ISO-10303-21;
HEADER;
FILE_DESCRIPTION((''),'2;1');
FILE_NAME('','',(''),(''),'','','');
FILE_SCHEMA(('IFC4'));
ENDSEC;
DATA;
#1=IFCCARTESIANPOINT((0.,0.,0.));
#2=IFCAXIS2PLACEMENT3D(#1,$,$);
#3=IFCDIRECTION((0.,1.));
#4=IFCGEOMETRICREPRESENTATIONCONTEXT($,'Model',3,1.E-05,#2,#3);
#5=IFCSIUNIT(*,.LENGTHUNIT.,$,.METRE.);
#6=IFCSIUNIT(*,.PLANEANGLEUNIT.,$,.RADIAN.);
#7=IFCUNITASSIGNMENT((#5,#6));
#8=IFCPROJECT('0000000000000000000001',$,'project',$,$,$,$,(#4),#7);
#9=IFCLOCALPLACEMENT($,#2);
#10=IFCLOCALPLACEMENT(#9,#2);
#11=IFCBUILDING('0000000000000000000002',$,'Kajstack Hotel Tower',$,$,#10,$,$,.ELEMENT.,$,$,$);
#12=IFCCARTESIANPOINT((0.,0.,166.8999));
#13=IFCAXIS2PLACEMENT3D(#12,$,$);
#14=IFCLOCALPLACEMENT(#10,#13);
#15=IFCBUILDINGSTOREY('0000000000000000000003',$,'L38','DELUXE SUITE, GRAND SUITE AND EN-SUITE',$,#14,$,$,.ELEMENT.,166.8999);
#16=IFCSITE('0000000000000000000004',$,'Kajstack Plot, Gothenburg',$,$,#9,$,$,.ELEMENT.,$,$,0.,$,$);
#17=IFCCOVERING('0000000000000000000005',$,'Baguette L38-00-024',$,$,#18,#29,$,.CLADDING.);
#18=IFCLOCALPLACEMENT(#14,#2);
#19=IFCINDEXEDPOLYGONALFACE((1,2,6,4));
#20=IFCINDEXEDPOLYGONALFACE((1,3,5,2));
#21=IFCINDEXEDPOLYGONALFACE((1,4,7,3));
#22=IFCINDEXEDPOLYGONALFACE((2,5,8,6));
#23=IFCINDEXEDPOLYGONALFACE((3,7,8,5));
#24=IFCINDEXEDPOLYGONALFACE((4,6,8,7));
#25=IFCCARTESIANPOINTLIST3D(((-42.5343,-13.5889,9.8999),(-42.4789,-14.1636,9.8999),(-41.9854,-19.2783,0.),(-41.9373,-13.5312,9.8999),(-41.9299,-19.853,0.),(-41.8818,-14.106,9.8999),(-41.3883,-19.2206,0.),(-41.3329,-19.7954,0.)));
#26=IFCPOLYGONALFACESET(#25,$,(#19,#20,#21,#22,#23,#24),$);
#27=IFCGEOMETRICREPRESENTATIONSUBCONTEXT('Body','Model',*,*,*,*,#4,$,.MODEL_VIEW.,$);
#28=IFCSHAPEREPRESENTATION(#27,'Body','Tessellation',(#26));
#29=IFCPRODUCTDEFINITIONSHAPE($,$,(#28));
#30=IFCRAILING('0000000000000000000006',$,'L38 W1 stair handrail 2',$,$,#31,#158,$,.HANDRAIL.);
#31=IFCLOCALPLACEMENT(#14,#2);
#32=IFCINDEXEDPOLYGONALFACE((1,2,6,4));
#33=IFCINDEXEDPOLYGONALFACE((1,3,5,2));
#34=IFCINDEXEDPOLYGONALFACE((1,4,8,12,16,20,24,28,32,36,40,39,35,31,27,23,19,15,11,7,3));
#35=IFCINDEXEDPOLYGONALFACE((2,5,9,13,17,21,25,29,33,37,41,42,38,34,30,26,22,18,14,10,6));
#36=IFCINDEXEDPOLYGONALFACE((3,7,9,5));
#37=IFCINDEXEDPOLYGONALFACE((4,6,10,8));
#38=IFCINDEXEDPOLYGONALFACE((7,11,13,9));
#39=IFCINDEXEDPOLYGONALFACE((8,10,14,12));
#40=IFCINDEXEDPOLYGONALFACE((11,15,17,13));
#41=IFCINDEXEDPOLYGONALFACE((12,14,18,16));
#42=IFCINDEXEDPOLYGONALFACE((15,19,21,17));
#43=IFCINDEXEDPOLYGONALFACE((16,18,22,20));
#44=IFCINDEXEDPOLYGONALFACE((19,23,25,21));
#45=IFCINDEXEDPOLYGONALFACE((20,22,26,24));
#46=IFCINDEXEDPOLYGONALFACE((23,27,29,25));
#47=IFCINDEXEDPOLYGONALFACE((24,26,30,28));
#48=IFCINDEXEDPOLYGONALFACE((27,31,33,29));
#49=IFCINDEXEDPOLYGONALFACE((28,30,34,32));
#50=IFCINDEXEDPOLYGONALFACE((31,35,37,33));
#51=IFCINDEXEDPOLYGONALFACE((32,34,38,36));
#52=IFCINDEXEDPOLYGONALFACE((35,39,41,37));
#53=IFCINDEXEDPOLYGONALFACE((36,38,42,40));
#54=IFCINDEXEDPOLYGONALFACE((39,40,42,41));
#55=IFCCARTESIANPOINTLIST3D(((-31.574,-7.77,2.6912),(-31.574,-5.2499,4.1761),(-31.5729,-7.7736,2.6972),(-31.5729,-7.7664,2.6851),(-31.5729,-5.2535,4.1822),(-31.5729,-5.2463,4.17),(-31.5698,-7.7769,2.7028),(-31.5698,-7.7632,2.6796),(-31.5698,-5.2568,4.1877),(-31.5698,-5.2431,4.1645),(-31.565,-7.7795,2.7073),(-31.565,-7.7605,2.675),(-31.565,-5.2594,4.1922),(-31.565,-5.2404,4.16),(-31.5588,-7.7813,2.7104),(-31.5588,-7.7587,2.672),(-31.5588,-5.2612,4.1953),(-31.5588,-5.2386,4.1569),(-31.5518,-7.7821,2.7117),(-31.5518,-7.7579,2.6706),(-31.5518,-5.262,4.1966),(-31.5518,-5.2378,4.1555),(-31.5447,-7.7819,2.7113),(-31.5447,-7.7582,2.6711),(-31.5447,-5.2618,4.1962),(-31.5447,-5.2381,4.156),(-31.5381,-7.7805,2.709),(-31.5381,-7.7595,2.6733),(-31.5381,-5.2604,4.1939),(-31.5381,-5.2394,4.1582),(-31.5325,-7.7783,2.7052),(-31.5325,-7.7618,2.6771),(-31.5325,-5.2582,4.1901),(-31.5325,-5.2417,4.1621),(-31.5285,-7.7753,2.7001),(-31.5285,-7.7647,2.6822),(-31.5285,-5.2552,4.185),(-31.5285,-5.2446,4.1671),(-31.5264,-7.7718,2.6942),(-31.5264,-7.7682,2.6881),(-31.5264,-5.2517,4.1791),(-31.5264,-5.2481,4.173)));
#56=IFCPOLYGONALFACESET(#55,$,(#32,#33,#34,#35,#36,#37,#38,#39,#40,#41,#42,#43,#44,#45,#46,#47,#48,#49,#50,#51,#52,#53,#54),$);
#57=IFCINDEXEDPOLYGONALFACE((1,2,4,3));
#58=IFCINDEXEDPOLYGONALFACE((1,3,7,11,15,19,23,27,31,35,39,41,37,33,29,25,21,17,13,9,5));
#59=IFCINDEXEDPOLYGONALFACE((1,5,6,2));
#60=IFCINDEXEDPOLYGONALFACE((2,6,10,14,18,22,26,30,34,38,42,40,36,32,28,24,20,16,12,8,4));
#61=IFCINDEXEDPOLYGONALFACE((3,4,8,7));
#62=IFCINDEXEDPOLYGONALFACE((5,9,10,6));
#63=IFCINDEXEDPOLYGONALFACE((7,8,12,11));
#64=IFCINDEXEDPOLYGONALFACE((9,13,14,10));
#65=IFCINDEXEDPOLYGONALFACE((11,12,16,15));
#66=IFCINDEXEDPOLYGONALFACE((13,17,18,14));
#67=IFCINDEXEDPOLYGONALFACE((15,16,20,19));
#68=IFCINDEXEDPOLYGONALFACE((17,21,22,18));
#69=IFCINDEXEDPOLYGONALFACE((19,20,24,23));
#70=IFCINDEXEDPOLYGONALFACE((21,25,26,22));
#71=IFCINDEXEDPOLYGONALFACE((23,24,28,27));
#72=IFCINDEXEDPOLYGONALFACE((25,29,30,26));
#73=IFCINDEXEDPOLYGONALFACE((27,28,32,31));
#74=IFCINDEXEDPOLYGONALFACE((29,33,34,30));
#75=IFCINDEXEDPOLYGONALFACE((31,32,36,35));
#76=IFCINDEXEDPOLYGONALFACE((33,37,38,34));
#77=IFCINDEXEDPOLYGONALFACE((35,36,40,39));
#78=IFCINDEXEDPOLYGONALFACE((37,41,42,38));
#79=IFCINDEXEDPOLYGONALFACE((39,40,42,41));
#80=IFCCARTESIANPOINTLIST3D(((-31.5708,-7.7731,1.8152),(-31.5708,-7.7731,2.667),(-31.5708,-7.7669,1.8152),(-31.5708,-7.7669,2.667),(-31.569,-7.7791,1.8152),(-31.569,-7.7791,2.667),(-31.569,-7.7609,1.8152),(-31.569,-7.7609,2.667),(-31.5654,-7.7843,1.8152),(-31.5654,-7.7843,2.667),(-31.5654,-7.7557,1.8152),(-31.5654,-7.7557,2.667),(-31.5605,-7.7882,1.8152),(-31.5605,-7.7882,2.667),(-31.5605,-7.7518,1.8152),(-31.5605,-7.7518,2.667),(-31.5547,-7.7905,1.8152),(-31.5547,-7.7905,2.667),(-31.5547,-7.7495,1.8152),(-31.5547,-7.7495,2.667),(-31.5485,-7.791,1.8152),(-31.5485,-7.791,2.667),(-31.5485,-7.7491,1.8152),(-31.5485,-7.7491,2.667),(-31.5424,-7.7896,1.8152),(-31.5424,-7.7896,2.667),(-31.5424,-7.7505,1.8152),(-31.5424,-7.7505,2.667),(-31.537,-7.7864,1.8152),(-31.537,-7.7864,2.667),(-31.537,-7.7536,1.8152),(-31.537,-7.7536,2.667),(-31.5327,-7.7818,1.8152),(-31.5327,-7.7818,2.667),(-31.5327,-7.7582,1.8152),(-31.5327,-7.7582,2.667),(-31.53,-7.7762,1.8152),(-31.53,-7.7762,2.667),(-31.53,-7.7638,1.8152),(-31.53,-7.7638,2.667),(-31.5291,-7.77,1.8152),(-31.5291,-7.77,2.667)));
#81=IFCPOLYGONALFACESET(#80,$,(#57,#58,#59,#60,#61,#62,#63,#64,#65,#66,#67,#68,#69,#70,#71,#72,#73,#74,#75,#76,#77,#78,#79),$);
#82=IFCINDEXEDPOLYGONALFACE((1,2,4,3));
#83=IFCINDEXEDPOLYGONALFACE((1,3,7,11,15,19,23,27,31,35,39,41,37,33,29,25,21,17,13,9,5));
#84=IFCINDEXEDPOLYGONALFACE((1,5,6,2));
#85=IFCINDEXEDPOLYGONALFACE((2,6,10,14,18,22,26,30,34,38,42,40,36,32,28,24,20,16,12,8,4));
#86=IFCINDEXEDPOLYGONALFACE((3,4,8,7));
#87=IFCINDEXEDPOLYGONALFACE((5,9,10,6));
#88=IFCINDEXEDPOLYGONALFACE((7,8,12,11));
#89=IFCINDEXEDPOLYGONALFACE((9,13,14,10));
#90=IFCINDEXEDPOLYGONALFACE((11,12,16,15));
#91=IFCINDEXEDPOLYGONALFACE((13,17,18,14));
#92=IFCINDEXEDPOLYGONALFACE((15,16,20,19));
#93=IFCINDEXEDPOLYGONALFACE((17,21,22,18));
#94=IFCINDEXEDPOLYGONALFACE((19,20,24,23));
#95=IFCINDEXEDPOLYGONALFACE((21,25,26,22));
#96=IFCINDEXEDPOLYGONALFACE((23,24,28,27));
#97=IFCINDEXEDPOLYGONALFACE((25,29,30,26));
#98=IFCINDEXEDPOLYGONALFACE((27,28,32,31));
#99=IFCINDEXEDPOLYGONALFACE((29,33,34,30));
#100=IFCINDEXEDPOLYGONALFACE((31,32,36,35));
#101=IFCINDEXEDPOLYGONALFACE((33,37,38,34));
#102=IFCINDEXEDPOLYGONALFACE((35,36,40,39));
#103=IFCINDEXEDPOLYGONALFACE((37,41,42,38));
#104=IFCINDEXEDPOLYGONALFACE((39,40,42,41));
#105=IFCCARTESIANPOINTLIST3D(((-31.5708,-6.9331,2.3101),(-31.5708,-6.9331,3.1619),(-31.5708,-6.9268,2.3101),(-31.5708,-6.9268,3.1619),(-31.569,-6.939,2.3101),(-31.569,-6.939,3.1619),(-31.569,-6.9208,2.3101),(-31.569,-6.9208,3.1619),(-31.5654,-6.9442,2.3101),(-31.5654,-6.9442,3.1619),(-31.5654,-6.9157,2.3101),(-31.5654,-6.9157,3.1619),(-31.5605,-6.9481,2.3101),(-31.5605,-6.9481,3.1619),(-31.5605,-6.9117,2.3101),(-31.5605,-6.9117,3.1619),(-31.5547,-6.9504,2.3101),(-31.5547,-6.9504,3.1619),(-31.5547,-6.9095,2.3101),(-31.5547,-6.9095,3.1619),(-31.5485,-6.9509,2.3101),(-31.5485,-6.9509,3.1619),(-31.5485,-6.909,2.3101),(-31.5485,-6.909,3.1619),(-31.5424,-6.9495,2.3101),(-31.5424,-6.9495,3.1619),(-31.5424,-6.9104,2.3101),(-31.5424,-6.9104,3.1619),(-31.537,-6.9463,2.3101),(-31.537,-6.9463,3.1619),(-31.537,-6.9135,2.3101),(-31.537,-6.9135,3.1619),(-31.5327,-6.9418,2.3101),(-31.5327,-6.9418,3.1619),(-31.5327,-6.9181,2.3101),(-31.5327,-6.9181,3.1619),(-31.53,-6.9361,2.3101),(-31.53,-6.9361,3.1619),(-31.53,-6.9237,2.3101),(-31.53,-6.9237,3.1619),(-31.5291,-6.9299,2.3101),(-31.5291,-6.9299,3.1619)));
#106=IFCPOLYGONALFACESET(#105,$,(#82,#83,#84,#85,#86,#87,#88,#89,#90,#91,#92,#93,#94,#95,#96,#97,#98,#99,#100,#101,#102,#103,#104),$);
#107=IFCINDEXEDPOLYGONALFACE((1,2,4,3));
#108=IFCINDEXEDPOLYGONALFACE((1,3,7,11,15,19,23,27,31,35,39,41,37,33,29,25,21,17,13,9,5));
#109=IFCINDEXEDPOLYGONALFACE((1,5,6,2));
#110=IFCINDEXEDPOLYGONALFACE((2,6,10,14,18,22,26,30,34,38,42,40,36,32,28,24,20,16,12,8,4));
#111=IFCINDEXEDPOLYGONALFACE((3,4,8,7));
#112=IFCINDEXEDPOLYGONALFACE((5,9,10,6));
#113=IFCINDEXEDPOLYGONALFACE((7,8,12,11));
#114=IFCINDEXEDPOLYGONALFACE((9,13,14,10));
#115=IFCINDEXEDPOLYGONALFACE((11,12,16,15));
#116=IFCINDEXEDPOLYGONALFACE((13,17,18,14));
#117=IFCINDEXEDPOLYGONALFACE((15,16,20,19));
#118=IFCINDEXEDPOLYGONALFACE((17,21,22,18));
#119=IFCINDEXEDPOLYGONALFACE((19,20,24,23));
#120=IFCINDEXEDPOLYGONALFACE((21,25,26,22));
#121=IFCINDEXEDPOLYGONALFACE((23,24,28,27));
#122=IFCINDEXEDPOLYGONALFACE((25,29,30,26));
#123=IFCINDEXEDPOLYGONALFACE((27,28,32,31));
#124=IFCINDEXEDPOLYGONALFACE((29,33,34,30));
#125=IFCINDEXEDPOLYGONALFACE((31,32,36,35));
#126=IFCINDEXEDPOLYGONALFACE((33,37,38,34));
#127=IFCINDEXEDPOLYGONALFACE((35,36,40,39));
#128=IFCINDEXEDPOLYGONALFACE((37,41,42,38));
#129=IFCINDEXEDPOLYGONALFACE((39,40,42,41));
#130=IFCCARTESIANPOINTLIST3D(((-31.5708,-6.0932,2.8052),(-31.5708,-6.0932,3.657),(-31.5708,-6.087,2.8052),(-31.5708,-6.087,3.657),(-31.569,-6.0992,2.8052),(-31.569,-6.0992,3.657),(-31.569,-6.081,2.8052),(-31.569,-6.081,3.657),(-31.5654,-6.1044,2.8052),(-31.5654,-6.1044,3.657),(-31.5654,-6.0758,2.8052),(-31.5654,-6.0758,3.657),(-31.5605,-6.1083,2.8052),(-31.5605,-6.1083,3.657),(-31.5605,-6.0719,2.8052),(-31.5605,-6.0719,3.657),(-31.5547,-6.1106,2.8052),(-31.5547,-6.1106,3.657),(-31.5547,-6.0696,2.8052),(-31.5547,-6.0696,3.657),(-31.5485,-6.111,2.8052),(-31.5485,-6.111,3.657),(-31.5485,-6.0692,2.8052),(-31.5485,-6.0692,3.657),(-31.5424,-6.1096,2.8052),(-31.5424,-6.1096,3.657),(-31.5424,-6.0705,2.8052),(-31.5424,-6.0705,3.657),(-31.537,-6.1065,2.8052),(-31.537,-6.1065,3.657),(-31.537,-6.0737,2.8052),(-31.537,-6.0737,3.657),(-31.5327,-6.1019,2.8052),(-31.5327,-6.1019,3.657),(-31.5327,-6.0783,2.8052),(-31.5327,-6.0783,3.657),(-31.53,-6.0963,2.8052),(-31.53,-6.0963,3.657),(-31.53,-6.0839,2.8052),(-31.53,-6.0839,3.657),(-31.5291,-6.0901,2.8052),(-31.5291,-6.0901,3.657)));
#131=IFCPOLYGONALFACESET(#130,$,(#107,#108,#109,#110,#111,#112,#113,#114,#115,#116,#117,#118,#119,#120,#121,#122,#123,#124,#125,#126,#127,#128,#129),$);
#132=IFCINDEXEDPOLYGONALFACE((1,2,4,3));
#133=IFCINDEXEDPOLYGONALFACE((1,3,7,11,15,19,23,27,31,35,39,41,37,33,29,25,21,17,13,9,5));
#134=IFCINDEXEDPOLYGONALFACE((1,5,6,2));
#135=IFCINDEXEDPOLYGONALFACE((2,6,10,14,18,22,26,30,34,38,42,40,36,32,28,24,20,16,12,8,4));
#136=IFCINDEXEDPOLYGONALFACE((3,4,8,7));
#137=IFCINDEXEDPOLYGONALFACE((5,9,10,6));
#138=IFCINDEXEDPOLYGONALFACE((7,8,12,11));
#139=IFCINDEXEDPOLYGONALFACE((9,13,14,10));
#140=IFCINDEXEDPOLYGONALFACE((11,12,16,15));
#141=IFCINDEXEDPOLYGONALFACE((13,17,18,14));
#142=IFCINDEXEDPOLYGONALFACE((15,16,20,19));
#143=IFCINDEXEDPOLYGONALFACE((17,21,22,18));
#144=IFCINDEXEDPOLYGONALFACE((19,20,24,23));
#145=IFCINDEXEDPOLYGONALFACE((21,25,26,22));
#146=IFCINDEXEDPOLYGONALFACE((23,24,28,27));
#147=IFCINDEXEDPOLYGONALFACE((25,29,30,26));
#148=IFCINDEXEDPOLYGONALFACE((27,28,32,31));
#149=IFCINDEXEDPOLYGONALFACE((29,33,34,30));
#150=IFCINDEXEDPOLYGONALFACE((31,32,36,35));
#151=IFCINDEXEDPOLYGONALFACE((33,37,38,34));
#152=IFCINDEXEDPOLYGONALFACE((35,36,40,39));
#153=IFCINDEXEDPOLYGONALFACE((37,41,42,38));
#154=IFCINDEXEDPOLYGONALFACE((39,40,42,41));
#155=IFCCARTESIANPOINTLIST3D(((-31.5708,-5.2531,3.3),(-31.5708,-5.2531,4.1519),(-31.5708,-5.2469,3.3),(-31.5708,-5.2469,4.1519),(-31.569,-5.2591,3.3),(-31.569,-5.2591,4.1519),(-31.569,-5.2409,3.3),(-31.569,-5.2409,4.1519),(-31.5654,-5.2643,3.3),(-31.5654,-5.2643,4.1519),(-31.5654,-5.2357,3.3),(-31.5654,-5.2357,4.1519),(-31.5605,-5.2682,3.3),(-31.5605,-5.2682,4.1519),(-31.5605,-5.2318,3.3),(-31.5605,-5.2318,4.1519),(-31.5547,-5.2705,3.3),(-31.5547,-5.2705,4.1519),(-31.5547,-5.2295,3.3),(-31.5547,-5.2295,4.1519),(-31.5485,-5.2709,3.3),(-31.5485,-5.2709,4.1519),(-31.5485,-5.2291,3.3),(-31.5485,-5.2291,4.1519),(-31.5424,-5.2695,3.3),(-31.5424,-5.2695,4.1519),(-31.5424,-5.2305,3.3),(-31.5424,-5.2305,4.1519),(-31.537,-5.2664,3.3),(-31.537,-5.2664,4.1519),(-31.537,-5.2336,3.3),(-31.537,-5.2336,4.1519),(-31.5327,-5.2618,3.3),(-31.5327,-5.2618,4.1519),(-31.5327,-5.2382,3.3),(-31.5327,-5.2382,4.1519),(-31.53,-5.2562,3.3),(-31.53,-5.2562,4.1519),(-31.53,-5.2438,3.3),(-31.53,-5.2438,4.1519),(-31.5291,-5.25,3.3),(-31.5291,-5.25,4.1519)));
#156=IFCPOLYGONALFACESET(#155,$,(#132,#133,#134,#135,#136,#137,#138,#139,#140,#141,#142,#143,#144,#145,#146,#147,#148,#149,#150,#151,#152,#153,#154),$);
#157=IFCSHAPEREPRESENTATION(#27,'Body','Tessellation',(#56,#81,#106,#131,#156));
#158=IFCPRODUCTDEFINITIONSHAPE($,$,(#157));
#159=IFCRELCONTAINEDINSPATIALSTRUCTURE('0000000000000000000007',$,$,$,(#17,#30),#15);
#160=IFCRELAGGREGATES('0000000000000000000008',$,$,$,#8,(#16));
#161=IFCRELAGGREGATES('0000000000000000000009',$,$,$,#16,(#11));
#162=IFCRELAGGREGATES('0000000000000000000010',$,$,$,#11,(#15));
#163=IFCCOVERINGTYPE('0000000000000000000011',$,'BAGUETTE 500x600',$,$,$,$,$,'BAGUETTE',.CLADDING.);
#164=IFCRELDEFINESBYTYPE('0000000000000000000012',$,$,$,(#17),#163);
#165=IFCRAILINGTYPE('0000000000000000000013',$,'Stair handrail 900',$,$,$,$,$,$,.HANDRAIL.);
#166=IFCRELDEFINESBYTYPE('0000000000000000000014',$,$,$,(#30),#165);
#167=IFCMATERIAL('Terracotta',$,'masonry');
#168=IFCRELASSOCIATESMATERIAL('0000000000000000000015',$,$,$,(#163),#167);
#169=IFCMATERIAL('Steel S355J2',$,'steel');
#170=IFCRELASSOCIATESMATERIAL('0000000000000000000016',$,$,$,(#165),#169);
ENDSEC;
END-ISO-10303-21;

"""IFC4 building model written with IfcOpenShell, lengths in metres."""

from ifc_helpers import new_model, si_unit, direction, frame, origin, origin_2d, place, context, subcontext, project, spatial, polyline, rectangle, circle, outline, extrude, material, material_profile, profile_set, type_object, element, save


model = new_model("IFC4")

# Units and contexts
model_context = context("Model", 3, precision=1e-05, world=origin(), true_north=direction((0.0, 1.0)))
body_context = subcontext(model_context, "Body", "Model", "MODEL_VIEW")
ifc_project = project(units=[si_unit("LENGTHUNIT", "METRE"), si_unit("PLANEANGLEUNIT", "RADIAN")], contexts=[model_context])

# Site, building, storey
site_placement = place(None, origin())
site = spatial("IfcSite", under=ifc_project, at=site_placement, Name="Kajstack Plot, Gothenburg", CompositionType="ELEMENT", RefElevation=0.0)
building_placement = place(site_placement, origin())
building = spatial("IfcBuilding", under=site, at=building_placement, Name="Kajstack Hotel Tower", CompositionType="ELEMENT")
storey_placement = place(building_placement, frame((0.0, 0.0, 166.8999)))
storey = spatial("IfcBuildingStorey", under=building, at=storey_placement, Name="L38", Description="DELUXE SUITE, GRAND SUITE AND EN-SUITE", CompositionType="ELEMENT", Elevation=166.8999)

# Covering
ifc_material_1 = material(Name="Terracotta", Category="masonry")
ifc_material_profile = material_profile(ifc_material_1, rectangle(XDim=0.6001, YDim=0.5, at=origin_2d()), Name="Terracotta-clad concrete baguette 500 x 600")
ifc_profile_set = profile_set([ifc_material_profile], Name="Terracotta")
covering_type = type_object("IfcCoveringType", Name="BAGUETTE 500x600", ElementType="BAGUETTE", PredefinedType="CLADDING", material=ifc_profile_set)
covering_1_placement = place(storey_placement, frame((-41.9373, -13.5312, 0.0), z_axis=(-0.995378, -0.096038, 0.0), x_axis=(0.096038, -0.995378, 0.0)))
element("IfcCovering", 1, at=covering_1_placement, inside=storey, type_object=covering_type, Name="Baguette L38-00-024", PredefinedType="CLADDING", context=body_context, shape_type="SweptSolid", body=[
    extrude(outline(polyline([(0.0, 9.8999), (5.7158, 0.0), (6.2932, 0.0), (0.5774, 9.8999), (0.0, 9.8999)])), origin(), (0.0, 0.0, 1.0), 0.5999),
])

# Railing
ifc_material_2 = material(Name="Steel S355J2", Category="steel")
railing_type_1 = type_object("IfcRailingType", Name="Stair handrail 900", PredefinedType="HANDRAIL", material=ifc_material_2)
railing_1_placement = place(storey_placement, frame((-31.55, -7.77, 1.8152)))
element("IfcRailing", 2, at=railing_1_placement, inside=storey, type_object=railing_type_1, Name="L38 W1 stair handrail 2", PredefinedType="HANDRAIL", context=body_context, shape_type="SweptSolid", body=[
    extrude(circle(Radius=0.0239, at=origin_2d()), frame((0.0, 0.0, 0.876), z_axis=(0.0, 0.861561, 0.507655), x_axis=(-1.0, 0.0, 0.0)), (0.0, 0.0, 1.0), 2.925),
    extrude(circle(Radius=0.021, at=origin_2d()), origin(), (0.0, 0.0, 1.0), 0.8518),
    extrude(circle(Radius=0.021, at=origin_2d()), frame((0.0, 0.8401, 0.4949)), (0.0, 0.0, 1.0), 0.8518),
    extrude(circle(Radius=0.021, at=origin_2d()), frame((0.0, 1.6799, 0.99)), (0.0, 0.0, 1.0), 0.8518),
    extrude(circle(Radius=0.021, at=origin_2d()), frame((0.0, 2.52, 1.4849)), (0.0, 0.0, 1.0), 0.8518),
])

save(model, "model.ifc")
